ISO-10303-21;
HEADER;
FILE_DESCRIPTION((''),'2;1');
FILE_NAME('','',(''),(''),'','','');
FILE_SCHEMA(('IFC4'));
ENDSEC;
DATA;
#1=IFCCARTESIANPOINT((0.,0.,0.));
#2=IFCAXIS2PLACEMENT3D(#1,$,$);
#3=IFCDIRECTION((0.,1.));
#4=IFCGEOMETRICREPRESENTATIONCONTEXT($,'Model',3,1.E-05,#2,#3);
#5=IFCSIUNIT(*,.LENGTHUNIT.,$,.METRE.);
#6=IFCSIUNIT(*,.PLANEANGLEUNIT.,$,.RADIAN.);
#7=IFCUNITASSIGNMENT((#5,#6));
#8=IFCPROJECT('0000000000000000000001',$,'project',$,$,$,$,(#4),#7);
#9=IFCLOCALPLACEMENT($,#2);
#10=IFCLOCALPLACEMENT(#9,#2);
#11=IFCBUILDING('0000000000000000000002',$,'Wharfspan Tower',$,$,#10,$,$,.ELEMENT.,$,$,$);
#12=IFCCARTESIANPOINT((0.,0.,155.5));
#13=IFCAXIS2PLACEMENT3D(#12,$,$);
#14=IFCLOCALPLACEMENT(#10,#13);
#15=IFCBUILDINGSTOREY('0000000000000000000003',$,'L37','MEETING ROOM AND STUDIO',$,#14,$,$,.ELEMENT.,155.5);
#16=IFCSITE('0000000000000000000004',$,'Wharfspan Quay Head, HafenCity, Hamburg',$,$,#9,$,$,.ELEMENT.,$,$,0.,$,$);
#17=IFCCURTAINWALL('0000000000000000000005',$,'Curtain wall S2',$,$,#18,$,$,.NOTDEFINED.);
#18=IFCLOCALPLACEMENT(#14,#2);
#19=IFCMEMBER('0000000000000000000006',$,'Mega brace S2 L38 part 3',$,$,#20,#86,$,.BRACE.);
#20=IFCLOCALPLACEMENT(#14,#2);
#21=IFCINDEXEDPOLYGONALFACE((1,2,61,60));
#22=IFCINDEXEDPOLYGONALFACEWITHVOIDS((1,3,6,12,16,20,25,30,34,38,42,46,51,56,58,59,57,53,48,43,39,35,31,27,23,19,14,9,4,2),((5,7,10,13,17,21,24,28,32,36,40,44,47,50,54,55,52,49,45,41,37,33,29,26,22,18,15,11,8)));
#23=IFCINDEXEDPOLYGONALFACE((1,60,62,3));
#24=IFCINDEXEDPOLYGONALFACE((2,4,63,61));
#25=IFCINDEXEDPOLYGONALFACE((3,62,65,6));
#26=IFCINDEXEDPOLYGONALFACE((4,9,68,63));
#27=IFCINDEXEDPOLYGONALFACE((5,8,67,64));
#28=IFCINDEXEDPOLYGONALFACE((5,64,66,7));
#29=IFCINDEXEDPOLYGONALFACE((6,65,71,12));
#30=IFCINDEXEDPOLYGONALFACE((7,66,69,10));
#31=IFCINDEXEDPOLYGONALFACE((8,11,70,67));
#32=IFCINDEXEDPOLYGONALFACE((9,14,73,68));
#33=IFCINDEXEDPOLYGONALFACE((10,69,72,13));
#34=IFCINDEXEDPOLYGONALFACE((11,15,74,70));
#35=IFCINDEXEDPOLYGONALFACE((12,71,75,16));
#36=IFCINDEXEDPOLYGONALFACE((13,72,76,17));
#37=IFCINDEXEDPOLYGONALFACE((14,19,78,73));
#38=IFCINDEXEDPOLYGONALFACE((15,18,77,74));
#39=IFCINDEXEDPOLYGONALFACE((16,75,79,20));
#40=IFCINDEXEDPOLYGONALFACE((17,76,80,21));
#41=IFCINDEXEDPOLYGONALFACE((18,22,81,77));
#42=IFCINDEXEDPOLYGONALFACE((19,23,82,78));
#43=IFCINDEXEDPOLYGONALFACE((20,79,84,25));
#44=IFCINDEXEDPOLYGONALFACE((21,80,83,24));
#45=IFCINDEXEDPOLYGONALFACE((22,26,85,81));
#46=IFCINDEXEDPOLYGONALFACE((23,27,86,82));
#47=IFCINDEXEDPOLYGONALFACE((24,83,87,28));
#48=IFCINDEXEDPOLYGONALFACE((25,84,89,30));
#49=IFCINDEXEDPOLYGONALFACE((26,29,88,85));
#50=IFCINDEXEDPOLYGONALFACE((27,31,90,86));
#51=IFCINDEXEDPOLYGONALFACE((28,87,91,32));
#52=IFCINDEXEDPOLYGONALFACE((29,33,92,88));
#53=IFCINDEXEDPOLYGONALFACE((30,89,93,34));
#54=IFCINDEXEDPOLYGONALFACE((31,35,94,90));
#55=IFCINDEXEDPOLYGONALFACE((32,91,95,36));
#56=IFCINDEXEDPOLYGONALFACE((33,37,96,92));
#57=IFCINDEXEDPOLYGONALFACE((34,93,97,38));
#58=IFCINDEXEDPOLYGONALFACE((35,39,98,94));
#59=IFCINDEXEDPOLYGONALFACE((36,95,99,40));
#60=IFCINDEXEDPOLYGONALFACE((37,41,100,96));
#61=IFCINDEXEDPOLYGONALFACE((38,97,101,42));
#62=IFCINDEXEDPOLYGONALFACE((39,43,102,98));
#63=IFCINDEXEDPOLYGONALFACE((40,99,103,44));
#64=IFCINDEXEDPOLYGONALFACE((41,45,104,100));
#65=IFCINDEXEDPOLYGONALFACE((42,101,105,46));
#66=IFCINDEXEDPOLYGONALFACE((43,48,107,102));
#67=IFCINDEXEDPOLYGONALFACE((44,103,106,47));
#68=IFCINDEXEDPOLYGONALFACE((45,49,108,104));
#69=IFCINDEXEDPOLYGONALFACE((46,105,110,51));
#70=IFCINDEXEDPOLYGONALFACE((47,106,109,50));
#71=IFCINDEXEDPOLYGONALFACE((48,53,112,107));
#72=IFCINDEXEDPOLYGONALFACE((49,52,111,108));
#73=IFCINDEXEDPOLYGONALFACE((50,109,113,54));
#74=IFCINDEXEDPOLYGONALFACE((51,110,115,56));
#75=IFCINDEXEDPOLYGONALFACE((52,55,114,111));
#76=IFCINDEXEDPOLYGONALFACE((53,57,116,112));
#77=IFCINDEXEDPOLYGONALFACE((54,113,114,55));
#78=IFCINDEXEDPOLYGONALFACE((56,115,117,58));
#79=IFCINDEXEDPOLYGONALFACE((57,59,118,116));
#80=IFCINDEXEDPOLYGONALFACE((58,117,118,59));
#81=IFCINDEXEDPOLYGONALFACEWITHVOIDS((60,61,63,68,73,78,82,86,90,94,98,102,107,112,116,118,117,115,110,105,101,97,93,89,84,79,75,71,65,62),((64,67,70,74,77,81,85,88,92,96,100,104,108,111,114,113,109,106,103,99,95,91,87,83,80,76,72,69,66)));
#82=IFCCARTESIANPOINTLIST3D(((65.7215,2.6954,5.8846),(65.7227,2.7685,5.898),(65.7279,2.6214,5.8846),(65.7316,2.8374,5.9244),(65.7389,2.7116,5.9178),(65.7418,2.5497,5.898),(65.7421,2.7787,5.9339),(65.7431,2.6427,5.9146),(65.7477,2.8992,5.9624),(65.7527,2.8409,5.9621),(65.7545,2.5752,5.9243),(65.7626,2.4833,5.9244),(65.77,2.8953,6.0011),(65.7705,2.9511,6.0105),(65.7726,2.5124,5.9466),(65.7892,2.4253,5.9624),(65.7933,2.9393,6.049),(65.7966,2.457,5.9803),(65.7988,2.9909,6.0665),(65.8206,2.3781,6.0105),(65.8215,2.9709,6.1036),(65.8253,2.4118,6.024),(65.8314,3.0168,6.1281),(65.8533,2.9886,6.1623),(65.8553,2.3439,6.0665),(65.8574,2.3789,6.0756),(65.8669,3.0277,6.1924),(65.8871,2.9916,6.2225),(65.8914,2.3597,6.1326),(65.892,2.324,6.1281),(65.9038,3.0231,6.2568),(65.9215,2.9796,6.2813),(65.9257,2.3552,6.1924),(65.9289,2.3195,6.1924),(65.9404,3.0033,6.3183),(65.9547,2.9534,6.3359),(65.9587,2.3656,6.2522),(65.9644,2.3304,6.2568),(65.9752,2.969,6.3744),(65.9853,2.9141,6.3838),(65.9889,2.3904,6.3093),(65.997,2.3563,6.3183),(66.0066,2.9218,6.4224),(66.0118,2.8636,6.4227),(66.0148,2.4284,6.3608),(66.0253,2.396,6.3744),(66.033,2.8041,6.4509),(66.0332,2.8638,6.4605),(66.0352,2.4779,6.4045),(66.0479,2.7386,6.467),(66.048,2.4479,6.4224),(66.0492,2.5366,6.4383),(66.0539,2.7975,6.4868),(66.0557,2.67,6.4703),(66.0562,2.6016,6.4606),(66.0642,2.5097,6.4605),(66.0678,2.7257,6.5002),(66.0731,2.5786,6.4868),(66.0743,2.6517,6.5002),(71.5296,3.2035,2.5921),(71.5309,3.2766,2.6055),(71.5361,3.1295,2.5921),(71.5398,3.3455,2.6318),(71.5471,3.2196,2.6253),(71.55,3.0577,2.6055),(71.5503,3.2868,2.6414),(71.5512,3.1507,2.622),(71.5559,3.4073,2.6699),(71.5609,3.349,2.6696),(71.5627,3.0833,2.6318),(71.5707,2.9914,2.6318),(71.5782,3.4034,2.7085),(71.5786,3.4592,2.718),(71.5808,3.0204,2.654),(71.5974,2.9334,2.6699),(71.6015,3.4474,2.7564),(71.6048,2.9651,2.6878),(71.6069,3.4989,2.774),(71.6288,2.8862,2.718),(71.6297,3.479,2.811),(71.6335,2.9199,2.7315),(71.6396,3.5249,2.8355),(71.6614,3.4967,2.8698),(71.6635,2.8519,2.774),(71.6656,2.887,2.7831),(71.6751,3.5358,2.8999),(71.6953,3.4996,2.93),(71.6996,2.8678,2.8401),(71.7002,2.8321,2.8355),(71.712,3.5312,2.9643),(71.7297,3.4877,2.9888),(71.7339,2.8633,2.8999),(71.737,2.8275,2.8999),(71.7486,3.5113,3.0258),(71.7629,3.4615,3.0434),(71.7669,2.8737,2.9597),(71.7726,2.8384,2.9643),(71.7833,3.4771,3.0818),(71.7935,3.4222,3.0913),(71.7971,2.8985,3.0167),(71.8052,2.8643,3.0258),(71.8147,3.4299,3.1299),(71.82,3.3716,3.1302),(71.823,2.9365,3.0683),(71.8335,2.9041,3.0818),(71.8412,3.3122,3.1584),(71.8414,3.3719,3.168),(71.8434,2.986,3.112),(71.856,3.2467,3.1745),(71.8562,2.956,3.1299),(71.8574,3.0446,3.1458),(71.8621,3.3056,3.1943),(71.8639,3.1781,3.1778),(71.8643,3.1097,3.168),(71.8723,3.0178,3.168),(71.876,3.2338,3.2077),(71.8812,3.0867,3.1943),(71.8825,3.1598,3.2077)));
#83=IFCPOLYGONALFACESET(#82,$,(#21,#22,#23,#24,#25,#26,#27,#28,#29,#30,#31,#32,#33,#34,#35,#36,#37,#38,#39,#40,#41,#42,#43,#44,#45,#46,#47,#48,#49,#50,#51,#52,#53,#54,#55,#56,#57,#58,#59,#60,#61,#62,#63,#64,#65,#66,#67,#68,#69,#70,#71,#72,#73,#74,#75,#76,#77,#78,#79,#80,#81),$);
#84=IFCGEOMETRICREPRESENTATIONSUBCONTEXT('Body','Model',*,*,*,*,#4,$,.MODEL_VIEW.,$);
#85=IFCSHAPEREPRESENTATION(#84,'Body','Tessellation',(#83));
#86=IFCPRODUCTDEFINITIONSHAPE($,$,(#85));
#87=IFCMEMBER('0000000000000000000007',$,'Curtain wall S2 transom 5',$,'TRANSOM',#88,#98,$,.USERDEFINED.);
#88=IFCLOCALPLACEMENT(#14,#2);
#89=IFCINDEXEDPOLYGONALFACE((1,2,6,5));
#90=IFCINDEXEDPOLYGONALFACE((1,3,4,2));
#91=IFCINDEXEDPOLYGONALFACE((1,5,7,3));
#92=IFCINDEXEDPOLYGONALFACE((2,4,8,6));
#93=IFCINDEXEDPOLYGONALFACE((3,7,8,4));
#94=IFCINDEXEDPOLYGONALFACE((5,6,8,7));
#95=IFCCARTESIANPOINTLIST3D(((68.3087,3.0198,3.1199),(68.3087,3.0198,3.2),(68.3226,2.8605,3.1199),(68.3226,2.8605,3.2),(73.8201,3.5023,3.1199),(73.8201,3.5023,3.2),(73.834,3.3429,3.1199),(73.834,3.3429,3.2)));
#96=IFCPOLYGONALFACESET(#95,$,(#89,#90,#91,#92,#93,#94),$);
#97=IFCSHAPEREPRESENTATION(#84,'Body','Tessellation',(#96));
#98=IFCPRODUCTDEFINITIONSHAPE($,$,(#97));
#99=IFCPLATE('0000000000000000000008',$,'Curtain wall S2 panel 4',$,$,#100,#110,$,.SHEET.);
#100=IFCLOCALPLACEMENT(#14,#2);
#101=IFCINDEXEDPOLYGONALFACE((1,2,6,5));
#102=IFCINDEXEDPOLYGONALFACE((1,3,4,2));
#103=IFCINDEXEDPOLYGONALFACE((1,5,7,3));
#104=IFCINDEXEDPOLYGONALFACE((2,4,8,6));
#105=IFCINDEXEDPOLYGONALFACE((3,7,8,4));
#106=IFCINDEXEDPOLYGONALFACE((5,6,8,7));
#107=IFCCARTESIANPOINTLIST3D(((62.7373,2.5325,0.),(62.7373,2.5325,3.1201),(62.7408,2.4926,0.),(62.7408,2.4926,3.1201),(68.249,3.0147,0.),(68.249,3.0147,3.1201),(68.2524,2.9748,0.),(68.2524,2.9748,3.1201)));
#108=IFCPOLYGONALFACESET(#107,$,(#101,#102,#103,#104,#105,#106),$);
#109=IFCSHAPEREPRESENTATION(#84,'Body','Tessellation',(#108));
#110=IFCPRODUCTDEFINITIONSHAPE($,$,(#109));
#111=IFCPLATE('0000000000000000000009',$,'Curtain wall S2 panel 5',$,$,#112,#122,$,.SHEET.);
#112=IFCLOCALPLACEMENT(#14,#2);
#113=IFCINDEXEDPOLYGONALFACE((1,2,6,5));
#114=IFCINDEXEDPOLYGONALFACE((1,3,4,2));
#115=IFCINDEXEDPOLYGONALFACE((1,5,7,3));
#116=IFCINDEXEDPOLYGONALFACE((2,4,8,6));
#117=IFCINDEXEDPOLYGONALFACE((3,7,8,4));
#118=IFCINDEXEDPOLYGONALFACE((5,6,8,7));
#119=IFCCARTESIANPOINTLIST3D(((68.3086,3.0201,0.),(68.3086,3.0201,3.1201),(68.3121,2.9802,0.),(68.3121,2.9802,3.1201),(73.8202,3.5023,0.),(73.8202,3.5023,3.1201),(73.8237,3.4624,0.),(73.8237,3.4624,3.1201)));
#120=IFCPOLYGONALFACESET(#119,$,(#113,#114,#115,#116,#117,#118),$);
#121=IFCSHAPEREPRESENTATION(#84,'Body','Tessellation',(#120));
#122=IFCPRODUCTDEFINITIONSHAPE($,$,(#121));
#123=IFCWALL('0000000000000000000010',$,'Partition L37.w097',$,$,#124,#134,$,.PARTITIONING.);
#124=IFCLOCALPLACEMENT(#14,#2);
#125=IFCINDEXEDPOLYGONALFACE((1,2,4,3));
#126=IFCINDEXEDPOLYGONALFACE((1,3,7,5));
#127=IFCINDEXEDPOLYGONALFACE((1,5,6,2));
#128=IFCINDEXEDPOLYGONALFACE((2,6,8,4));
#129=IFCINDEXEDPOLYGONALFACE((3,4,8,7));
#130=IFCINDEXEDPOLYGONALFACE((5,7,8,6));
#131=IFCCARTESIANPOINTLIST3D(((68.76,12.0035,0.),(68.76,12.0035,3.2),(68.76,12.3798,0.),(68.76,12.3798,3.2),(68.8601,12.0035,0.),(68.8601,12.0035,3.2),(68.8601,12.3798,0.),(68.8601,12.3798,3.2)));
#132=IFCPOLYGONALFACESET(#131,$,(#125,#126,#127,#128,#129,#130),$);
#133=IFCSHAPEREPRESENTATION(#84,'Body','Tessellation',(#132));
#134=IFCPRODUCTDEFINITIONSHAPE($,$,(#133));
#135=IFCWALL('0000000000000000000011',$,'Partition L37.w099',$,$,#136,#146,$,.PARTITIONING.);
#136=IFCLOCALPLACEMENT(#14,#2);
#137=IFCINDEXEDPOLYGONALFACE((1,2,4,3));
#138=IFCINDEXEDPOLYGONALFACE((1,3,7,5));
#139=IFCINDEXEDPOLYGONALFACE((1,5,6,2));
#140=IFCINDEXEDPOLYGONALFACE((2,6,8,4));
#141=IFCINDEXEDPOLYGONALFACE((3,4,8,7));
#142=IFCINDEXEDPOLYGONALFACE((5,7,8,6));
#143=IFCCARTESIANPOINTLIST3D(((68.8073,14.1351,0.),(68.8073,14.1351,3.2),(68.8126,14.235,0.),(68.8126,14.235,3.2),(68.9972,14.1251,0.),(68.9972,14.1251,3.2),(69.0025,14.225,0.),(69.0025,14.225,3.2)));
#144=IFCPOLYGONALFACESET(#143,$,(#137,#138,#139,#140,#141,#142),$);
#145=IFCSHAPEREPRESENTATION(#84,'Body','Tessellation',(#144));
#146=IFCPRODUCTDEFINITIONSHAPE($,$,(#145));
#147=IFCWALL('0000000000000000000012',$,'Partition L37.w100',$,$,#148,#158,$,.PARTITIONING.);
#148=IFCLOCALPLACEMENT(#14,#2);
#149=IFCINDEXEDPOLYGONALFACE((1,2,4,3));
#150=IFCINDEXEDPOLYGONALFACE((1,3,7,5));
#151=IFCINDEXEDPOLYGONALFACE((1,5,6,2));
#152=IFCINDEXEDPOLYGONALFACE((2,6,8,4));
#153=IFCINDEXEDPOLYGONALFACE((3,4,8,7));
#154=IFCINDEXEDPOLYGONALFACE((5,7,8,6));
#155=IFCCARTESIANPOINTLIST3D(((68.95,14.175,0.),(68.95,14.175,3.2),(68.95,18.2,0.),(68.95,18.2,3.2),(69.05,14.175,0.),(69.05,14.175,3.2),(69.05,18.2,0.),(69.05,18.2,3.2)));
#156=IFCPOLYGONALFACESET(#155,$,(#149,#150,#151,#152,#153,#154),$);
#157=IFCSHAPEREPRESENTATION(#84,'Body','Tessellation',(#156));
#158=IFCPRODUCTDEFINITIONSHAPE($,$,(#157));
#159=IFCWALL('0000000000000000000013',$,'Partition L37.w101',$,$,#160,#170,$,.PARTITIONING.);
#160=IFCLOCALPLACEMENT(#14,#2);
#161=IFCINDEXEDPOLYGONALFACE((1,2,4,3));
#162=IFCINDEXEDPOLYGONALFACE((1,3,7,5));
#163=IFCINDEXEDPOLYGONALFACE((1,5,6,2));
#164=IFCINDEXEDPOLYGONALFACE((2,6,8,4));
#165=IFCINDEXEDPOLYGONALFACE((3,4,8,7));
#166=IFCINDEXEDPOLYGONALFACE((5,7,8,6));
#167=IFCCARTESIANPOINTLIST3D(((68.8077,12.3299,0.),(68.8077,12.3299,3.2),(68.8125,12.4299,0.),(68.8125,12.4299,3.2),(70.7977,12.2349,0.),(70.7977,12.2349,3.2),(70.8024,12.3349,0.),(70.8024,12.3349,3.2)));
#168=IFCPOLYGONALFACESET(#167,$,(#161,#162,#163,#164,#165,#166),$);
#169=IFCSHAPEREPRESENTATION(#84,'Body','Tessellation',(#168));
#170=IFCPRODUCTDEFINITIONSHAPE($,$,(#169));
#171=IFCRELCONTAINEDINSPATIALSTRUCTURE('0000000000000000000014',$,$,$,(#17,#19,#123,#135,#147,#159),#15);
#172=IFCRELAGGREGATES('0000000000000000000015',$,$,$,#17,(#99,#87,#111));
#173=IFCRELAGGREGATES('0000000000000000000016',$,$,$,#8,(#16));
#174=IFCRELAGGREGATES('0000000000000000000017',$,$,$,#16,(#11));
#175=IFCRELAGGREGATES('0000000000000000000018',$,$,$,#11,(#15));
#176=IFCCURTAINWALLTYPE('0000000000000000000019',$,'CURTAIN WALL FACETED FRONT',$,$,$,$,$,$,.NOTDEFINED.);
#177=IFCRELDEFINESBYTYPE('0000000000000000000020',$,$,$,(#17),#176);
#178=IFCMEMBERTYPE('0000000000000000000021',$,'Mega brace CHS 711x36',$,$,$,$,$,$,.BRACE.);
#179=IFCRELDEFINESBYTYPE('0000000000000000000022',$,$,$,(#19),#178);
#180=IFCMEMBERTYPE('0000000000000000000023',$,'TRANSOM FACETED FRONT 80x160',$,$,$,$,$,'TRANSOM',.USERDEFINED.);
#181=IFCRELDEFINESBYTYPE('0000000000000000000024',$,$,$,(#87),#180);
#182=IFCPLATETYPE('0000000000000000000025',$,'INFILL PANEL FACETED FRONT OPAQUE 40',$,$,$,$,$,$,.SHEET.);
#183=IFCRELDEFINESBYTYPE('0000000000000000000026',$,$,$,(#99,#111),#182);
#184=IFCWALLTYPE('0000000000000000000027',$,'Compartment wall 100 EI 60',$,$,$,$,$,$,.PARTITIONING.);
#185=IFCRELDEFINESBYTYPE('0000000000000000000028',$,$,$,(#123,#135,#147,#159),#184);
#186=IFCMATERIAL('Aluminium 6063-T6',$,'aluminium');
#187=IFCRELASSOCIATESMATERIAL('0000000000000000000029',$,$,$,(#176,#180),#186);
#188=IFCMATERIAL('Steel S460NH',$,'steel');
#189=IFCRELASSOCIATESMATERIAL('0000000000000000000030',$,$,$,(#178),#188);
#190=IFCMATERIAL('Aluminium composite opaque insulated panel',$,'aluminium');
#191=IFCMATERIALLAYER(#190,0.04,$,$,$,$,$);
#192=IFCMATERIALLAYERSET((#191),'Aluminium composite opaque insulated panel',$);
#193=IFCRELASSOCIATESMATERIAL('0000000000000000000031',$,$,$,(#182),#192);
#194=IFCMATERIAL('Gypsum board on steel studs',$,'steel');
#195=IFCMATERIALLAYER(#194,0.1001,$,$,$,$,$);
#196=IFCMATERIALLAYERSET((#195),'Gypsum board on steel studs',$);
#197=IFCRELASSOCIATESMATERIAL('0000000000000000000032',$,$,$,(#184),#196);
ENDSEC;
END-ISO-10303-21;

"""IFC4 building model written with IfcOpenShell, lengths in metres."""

from ifc_helpers import new_model, si_unit, direction, frame, frame_2d, origin, origin_2d, place, context, subcontext, project, spatial, rectangle, hollow_circle, extrude, material, layer, layer_set, material_profile, profile_set, type_object, element, aggregate, save


model = new_model("IFC4")

# Units and contexts
model_context = context("Model", 3, precision=1e-05, world=origin(), true_north=direction((0.0, 1.0)))
body_context = subcontext(model_context, "Body", "Model", "MODEL_VIEW")
ifc_project = project(units=[si_unit("LENGTHUNIT", "METRE"), si_unit("PLANEANGLEUNIT", "RADIAN")], contexts=[model_context])

# Site, building, storey
site_placement = place(None, origin())
site = spatial("IfcSite", under=ifc_project, at=site_placement, Name="Wharfspan Quay Head, HafenCity, Hamburg", CompositionType="ELEMENT", RefElevation=0.0)
building_placement = place(site_placement, origin())
building = spatial("IfcBuilding", under=site, at=building_placement, Name="Wharfspan Tower", CompositionType="ELEMENT")
storey_placement = place(building_placement, frame((0.0, 0.0, 155.5)))
storey = spatial("IfcBuildingStorey", under=building, at=storey_placement, Name="L37", Description="MEETING ROOM AND STUDIO", CompositionType="ELEMENT", Elevation=155.5)

# Curtain wall
ifc_material_1 = material(Name="Aluminium 6063-T6", Category="aluminium")
curtain_wall_type = type_object("IfcCurtainWallType", Name="CURTAIN WALL FACETED FRONT", PredefinedType="NOTDEFINED", material=ifc_material_1)
curtain_wall_placement = place(storey_placement, origin())
curtain_wall = element("IfcCurtainWall", 1, at=curtain_wall_placement, inside=storey, type_object=curtain_wall_type, Name="Curtain wall S2", PredefinedType="NOTDEFINED")

# Members
ifc_material_2 = material(Name="Steel S460NH", Category="steel")
ifc_material_profile_1 = material_profile(ifc_material_2, hollow_circle(Radius=0.3555, WallThickness=0.0359, at=origin_2d()))
ifc_profile_set_1 = profile_set([ifc_material_profile_1], Name="Steel S460NH")
member_type_1 = type_object("IfcMemberType", Name="Mega brace CHS 711x36", PredefinedType="BRACE", material=ifc_profile_set_1)
member_1_placement = place(storey_placement, frame((71.7061, 3.1816, 2.8999), z_axis=(-0.867436, -0.075878, 0.491729), x_axis=(0.08714, -0.996196, -0.000002)))
element("IfcMember", 2, at=member_1_placement, inside=storey, type_object=member_type_1, Name="Mega brace S2 L38 part 3", PredefinedType="BRACE", context=body_context, shape_type="SweptSolid", body=[
    extrude(hollow_circle(Radius=0.3555, WallThickness=0.0359, at=origin_2d()), origin(), (0.0, 0.0, 1.0), 6.6958),
])
ifc_material_profile_2 = material_profile(ifc_material_1, rectangle(XDim=0.1599, YDim=0.0801, at=origin_2d()))
ifc_profile_set_2 = profile_set([ifc_material_profile_2], Name="Aluminium 6063-T6")
member_type_2 = type_object("IfcMemberType", Name="TRANSOM FACETED FRONT 80x160", ElementType="TRANSOM", PredefinedType="USERDEFINED", material=ifc_profile_set_2)
member_2_placement = place(storey_placement, frame((68.3157, 2.9402, 3.1599), z_axis=(0.996191, 0.087197, 0.0), x_axis=(-0.087197, 0.996191, 0.0)))
member_2 = element("IfcMember", 3, at=member_2_placement, type_object=member_type_2, Name="Curtain wall S2 transom 5", ObjectType="TRANSOM", PredefinedType="USERDEFINED", context=body_context, shape_type="SweptSolid", body=[
    extrude(rectangle(XDim=0.1599, YDim=0.0801, at=origin_2d()), origin(), (0.0, 0.0, 1.0), 5.5325),
])

# Plates
ifc_material_3 = material(Name="Aluminium composite opaque insulated panel", Category="aluminium")
ifc_layer_1 = layer(ifc_material_3, 0.04)
ifc_layer_set_1 = layer_set([ifc_layer_1], Name="Aluminium composite opaque insulated panel")
plate_type = type_object("IfcPlateType", Name="INFILL PANEL FACETED FRONT OPAQUE 40", PredefinedType="SHEET", material=ifc_layer_set_1)
plate_1_placement = place(storey_placement, frame((65.4949, 2.7537, 0.0), z_axis=(0.0, 0.0, 1.0), x_axis=(0.996198, 0.087156, 0.0)))
plate_1 = element("IfcPlate", 4, at=plate_1_placement, type_object=plate_type, Name="Curtain wall S2 panel 4", PredefinedType="SHEET", context=body_context, shape_type="SweptSolid", body=[
    extrude(rectangle(XDim=5.5327, YDim=0.04, at=origin_2d()), origin(), (0.0, 0.0, 1.0), 3.1201),
])
plate_2_placement = place(storey_placement, frame((71.0662, 3.2412, 0.0), z_axis=(0.0, 0.0, 1.0), x_axis=(0.996198, 0.087156, 0.0)))
plate_2 = element("IfcPlate", 5, at=plate_2_placement, type_object=plate_type, Name="Curtain wall S2 panel 5", PredefinedType="SHEET", context=body_context, shape_type="SweptSolid", body=[
    extrude(rectangle(XDim=5.5327, YDim=0.04, at=origin_2d()), origin(), (0.0, 0.0, 1.0), 3.1201),
])
aggregate(curtain_wall, [plate_1, member_2, plate_2])

# Walls
ifc_material_4 = material(Name="Gypsum board on steel studs", Category="steel")
ifc_layer_2 = layer(ifc_material_4, 0.1001)
ifc_layer_set_2 = layer_set([ifc_layer_2], Name="Gypsum board on steel studs")
wall_type_1 = type_object("IfcWallType", Name="Compartment wall 100 EI 60", PredefinedType="PARTITIONING", material=ifc_layer_set_2)
wall_1_placement = place(storey_placement, frame((68.8101, 12.0037, 0.0), z_axis=(0.0, 0.0, 1.0), x_axis=(0.0, 1.0, 0.0)))
element("IfcWall", 6, at=wall_1_placement, inside=storey, type_object=wall_type_1, Name="Partition L37.w097", PredefinedType="PARTITIONING", context=body_context, shape_type="SweptSolid", body=[
    extrude(rectangle(XDim=0.3762, YDim=0.1001, at=frame_2d((0.188, 0.0))), origin(), (0.0, 0.0, 1.0), 3.2),
])
wall_2_placement = place(storey_placement, frame((69.0, 14.175, 0.0), z_axis=(0.0, 0.0, 1.0), x_axis=(-0.99861, 0.052626, 0.0)))
element("IfcWall", 7, at=wall_2_placement, inside=storey, type_object=wall_type_1, Name="Partition L37.w099", PredefinedType="PARTITIONING", context=body_context, shape_type="SweptSolid", body=[
    extrude(rectangle(XDim=0.1902, YDim=0.1001, at=frame_2d((0.0952, 0.0))), origin(), (0.0, 0.0, 1.0), 3.2),
])
wall_3_placement = place(storey_placement, frame((69.0, 14.175, 0.0), z_axis=(0.0, 0.0, 1.0), x_axis=(0.0, 1.0, 0.0)))
element("IfcWall", 8, at=wall_3_placement, inside=storey, type_object=wall_type_1, Name="Partition L37.w100", PredefinedType="PARTITIONING", context=body_context, shape_type="SweptSolid", body=[
    extrude(rectangle(XDim=4.0249, YDim=0.1001, at=frame_2d((2.0125, 0.0))), origin(), (0.0, 0.0, 1.0), 3.2),
])
wall_4_placement = place(storey_placement, frame((70.8, 12.2849, 0.0), z_axis=(0.0, 0.0, 1.0), x_axis=(-0.998864, 0.04767, 0.0)))
element("IfcWall", 9, at=wall_4_placement, inside=storey, type_object=wall_type_1, Name="Partition L37.w101", PredefinedType="PARTITIONING", context=body_context, shape_type="SweptSolid", body=[
    extrude(rectangle(XDim=1.9922, YDim=0.1001, at=frame_2d((0.9961, 0.0))), origin(), (0.0, 0.0, 1.0), 3.2),
])

save(model, "model.ifc")
